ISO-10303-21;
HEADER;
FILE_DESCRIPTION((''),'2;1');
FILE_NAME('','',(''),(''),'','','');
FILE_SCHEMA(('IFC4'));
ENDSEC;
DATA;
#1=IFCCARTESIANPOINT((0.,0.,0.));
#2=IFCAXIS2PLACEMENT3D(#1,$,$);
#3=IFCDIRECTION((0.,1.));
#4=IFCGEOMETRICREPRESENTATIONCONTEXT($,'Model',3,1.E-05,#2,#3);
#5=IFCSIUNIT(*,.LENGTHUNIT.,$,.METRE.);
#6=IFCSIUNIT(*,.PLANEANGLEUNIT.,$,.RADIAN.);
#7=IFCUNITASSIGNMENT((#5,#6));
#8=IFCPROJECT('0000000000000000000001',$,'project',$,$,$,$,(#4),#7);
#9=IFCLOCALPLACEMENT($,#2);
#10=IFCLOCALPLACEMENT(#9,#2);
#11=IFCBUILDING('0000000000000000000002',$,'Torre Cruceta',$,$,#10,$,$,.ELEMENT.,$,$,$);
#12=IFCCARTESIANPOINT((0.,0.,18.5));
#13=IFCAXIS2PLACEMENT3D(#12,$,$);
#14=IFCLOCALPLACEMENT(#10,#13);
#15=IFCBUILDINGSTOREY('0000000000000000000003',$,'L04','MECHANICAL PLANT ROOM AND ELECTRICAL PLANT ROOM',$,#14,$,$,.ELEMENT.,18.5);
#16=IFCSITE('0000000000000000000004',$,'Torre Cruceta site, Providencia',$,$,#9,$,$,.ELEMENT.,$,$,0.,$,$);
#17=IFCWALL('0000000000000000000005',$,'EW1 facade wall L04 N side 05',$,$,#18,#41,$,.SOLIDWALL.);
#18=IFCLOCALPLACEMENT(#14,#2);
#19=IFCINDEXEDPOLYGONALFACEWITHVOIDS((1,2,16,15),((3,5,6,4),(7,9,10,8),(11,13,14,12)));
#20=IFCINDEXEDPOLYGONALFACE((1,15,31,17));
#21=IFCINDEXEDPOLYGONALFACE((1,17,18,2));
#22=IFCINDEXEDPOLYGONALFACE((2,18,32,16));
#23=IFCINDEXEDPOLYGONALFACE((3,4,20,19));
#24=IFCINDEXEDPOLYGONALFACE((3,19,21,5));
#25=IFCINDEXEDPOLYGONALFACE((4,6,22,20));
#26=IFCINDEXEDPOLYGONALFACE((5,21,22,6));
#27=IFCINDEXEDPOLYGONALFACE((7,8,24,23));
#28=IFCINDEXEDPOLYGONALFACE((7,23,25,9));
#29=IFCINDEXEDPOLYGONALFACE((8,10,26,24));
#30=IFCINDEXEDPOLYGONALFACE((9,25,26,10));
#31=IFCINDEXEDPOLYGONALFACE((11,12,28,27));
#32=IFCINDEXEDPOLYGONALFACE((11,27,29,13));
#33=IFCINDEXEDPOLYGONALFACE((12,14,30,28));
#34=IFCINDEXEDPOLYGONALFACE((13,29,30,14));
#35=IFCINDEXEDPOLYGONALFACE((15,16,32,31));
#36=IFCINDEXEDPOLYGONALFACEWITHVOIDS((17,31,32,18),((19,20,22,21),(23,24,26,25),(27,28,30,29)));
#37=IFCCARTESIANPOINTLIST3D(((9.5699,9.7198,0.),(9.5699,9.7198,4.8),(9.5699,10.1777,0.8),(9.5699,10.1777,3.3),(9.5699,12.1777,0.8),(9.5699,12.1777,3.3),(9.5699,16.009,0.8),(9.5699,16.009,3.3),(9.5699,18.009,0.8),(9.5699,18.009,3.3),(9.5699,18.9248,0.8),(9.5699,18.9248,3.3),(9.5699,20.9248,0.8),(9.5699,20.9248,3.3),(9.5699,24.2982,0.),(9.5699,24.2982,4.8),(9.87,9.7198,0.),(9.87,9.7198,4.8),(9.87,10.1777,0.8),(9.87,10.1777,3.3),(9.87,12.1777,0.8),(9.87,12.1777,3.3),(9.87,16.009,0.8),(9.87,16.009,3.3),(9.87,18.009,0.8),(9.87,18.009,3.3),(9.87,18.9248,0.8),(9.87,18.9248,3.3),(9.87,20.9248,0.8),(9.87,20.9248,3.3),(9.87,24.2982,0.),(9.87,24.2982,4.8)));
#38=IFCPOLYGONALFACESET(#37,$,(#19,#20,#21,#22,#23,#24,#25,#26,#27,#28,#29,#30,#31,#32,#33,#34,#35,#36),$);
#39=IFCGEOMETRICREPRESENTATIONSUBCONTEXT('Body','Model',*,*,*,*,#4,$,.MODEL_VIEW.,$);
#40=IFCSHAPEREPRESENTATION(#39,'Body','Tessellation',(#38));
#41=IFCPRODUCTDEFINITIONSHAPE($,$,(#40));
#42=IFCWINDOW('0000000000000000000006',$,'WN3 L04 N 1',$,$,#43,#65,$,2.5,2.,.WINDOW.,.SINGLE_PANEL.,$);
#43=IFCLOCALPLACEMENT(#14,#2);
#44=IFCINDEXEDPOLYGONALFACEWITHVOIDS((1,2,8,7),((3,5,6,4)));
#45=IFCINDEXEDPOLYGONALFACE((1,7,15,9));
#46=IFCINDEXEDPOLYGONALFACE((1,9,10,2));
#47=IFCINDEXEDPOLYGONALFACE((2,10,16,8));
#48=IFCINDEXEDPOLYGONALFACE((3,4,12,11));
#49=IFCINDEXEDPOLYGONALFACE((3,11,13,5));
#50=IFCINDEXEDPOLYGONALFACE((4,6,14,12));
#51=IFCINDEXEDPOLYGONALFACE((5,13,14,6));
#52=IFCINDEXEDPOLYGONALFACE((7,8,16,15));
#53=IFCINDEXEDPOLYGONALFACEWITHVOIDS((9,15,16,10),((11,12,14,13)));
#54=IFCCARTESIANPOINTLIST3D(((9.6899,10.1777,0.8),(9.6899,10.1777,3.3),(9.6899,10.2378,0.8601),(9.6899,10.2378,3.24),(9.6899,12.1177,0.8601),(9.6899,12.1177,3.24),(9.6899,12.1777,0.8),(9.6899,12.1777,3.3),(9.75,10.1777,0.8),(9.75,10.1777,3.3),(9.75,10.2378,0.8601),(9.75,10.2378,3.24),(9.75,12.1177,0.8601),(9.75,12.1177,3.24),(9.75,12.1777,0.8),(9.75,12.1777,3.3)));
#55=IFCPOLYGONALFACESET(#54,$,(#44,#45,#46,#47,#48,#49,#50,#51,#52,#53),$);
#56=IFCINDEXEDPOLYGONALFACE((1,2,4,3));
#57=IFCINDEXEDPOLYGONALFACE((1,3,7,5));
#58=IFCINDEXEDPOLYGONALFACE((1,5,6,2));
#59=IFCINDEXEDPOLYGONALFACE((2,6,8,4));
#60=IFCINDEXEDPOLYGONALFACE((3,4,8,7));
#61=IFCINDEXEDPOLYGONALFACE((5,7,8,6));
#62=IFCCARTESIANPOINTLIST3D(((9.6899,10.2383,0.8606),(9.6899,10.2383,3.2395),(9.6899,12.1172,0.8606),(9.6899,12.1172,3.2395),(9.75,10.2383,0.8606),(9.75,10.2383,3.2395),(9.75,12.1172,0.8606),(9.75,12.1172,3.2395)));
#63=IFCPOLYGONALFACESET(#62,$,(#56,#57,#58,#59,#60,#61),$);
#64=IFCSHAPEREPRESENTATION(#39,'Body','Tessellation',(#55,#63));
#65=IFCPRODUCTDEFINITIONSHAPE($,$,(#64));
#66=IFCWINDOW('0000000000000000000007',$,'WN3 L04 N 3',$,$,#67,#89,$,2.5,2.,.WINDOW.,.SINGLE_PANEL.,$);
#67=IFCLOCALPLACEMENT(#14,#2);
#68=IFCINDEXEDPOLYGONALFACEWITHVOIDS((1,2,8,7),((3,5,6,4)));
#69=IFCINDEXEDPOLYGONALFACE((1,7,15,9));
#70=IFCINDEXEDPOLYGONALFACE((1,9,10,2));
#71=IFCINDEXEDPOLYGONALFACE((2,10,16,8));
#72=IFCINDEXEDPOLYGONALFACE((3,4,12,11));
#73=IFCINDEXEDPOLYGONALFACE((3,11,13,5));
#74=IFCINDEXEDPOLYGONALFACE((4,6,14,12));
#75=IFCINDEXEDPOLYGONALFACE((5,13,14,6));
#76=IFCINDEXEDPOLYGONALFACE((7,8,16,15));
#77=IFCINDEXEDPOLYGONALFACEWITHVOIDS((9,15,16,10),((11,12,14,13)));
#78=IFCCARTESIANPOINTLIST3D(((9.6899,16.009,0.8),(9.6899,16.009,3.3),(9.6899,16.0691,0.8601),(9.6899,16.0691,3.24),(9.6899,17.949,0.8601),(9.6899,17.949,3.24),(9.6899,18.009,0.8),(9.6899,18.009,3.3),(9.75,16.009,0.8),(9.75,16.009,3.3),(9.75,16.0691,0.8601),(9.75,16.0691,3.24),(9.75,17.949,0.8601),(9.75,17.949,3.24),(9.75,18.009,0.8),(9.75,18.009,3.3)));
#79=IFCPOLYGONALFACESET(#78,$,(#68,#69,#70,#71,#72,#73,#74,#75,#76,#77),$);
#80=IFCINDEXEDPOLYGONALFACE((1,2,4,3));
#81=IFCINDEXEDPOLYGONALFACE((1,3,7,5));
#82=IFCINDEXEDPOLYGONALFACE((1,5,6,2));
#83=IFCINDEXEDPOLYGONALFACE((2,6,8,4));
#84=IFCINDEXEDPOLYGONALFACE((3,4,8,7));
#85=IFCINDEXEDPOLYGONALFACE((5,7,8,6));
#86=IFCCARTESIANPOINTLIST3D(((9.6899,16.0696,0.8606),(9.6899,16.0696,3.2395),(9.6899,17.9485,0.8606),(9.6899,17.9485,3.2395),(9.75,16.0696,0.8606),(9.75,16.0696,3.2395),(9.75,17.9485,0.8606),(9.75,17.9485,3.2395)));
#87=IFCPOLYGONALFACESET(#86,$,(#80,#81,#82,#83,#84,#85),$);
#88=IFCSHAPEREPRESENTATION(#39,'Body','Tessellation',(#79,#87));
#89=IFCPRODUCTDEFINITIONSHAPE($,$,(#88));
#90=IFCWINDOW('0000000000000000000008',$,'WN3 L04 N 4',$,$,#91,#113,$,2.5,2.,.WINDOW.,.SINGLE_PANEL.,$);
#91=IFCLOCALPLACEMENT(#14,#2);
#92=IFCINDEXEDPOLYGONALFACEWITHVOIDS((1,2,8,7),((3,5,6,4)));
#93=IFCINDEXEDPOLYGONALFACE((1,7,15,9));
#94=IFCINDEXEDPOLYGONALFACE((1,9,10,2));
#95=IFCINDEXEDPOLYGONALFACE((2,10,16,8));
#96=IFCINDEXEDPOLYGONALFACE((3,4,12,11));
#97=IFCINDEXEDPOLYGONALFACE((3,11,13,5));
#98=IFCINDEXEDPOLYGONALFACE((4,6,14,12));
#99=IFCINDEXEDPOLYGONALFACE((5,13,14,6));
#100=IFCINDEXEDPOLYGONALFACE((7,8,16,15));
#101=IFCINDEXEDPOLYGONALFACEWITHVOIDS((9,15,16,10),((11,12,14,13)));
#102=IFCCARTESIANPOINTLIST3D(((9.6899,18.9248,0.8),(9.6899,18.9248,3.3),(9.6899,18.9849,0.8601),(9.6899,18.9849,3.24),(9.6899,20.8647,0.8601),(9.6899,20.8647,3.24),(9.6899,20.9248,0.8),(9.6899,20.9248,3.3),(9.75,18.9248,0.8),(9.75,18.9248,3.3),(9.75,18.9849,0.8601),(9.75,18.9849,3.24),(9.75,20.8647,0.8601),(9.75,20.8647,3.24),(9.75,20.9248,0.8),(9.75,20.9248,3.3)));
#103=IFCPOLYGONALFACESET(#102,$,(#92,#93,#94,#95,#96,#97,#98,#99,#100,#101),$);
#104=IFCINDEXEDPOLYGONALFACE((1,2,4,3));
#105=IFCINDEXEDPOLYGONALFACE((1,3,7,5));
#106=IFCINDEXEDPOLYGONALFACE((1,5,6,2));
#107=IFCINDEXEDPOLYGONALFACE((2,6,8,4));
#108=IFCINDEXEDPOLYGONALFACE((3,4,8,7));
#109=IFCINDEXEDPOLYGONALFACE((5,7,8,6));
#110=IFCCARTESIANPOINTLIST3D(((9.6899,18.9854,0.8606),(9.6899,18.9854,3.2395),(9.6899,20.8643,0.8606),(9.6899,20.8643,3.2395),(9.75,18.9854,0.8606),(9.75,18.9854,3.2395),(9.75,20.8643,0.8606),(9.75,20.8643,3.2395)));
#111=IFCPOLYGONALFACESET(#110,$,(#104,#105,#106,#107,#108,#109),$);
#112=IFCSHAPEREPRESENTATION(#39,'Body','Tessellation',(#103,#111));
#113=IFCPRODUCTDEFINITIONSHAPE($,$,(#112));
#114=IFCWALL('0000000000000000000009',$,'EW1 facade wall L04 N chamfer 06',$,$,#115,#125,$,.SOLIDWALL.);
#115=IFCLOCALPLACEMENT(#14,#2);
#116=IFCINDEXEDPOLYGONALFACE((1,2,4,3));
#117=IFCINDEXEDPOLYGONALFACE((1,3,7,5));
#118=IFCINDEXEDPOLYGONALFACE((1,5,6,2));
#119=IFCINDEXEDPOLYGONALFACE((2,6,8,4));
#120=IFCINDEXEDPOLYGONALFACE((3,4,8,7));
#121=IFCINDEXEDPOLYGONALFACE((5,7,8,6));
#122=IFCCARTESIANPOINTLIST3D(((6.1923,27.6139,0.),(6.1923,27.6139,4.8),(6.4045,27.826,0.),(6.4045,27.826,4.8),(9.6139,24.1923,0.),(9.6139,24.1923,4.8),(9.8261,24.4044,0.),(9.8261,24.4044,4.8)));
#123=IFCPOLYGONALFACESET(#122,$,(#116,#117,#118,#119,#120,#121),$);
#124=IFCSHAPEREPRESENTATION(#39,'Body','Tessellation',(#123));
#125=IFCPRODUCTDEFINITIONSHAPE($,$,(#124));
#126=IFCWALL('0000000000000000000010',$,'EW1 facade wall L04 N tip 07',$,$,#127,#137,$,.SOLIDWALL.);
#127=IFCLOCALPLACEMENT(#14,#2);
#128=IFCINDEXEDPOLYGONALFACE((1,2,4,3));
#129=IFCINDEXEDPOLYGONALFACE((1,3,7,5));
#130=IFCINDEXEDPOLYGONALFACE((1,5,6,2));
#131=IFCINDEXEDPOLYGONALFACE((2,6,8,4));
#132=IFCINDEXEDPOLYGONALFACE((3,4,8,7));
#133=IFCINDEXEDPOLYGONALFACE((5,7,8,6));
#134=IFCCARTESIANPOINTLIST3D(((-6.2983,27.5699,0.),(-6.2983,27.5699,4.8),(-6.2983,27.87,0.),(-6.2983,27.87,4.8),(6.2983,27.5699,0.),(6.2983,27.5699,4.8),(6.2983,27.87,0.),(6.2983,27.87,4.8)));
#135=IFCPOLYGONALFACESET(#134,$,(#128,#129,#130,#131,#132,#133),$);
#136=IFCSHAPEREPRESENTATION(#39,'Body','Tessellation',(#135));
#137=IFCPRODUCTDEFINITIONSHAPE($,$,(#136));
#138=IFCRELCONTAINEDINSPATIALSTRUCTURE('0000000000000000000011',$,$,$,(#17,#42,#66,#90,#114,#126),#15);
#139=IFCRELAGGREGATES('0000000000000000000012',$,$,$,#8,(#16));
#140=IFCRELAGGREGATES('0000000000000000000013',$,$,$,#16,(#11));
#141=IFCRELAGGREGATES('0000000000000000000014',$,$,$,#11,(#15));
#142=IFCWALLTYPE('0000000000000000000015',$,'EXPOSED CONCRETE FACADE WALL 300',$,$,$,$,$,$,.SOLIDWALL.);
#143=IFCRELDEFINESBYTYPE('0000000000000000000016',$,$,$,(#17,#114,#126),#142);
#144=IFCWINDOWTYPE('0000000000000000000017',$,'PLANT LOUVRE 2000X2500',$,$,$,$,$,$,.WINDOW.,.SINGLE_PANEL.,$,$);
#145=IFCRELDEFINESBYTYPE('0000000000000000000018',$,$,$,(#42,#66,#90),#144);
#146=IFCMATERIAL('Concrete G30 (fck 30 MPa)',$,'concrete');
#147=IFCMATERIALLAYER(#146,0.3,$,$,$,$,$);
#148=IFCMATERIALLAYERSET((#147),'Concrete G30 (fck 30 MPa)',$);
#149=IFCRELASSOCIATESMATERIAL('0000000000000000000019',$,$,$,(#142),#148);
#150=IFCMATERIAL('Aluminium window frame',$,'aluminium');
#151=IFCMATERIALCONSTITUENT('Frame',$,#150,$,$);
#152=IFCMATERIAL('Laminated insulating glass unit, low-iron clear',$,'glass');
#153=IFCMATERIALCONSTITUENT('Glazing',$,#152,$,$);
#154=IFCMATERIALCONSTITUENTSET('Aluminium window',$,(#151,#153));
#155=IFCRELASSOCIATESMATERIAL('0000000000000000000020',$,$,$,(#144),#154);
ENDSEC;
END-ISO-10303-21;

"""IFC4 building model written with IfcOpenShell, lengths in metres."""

from ifc_helpers import new_model, si_unit, direction, frame, frame_2d, origin, place, context, subcontext, project, spatial, rectangle, hollow_rectangle, extrude, material, layer, layer_set, constituent, constituent_set, type_object, element, fill, save


model = new_model("IFC4")

# Units and contexts
model_context = context("Model", 3, precision=1e-05, world=origin(), true_north=direction((0.0, 1.0)))
body_context = subcontext(model_context, "Body", "Model", "MODEL_VIEW")
ifc_project = project(units=[si_unit("LENGTHUNIT", "METRE"), si_unit("PLANEANGLEUNIT", "RADIAN")], contexts=[model_context])

# Site, building, storey
site_placement = place(None, origin())
site = spatial("IfcSite", under=ifc_project, at=site_placement, Name="Torre Cruceta site, Providencia", CompositionType="ELEMENT", RefElevation=0.0)
building_placement = place(site_placement, origin())
building = spatial("IfcBuilding", under=site, at=building_placement, Name="Torre Cruceta", CompositionType="ELEMENT")
storey_placement = place(building_placement, frame((0.0, 0.0, 18.5)))
storey = spatial("IfcBuildingStorey", under=building, at=storey_placement, Name="L04", Description="MECHANICAL PLANT ROOM AND ELECTRICAL PLANT ROOM", CompositionType="ELEMENT", Elevation=18.5)

# Shared definitions
ifc_material_1 = material(Name="Concrete G30 (fck 30 MPa)", Category="concrete")
ifc_layer_1 = layer(ifc_material_1, 0.3)
ifc_layer_set_1 = layer_set([ifc_layer_1], Name="Concrete G30 (fck 30 MPa)")
wall_type_1 = type_object("IfcWallType", Name="EXPOSED CONCRETE FACADE WALL 300", PredefinedType="SOLIDWALL", material=ifc_layer_set_1)

# Wall, openings, windows
ifc_material_2 = material(Name="Aluminium window frame", Category="aluminium")
ifc_constituent_1 = constituent(ifc_material_2, Name="Frame")
ifc_material_3 = material(Name="Laminated insulating glass unit, low-iron clear", Category="glass")
ifc_constituent_2 = constituent(ifc_material_3, Name="Glazing")
ifc_constituent_set_1 = constituent_set(constituents=[ifc_constituent_1, ifc_constituent_2], Name="Aluminium window")
window_type = type_object("IfcWindowType", Name="PLANT LOUVRE 2000X2500", PartitioningType="SINGLE_PANEL", PredefinedType="WINDOW", material=ifc_constituent_set_1)
wall_1_placement = place(storey_placement, frame((9.72, 9.72, 0.0), z_axis=(0.0, 0.0, 1.0), x_axis=(0.0, 1.0, 0.0)))
wall_1 = element("IfcWall", 1, at=wall_1_placement, inside=storey, type_object=wall_type_1, Name="EW1 facade wall L04 N side 05", PredefinedType="SOLIDWALL", context=body_context, shape_type="SweptSolid", body=[
    extrude(rectangle(XDim=14.5784, YDim=0.3, at=frame_2d((7.2891, 0.0))), origin(), (0.0, 0.0, 1.0), 4.8),
])
opening_1_placement = place(wall_1_placement, frame((0.4578, 0.0, 0.8)))
opening_1 = element("IfcOpeningElement", 2, at=opening_1_placement, cuts=wall_1, PredefinedType="OPENING", context=body_context, shape_type="SweptSolid", body=[
    extrude(rectangle(XDim=2.0, YDim=2.5, at=frame_2d((1.0, 1.25))), frame((0.0, 0.1599, 0.0), z_axis=(0.0, -1.0, 0.0), x_axis=(1.0, 0.0, 0.0)), (0.0, 0.0, 1.0), 0.3201),
])
opening_2_placement = place(wall_1_placement, frame((6.2891, 0.0, 0.8)))
opening_2 = element("IfcOpeningElement", 3, at=opening_2_placement, cuts=wall_1, PredefinedType="OPENING", context=body_context, shape_type="SweptSolid", body=[
    extrude(rectangle(XDim=2.0, YDim=2.5, at=frame_2d((1.0, 1.25))), frame((0.0, 0.1599, 0.0), z_axis=(0.0, -1.0, 0.0), x_axis=(1.0, 0.0, 0.0)), (0.0, 0.0, 1.0), 0.3201),
])
opening_3_placement = place(wall_1_placement, frame((9.2048, 0.0, 0.8)))
opening_3 = element("IfcOpeningElement", 4, at=opening_3_placement, cuts=wall_1, PredefinedType="OPENING", context=body_context, shape_type="SweptSolid", body=[
    extrude(rectangle(XDim=2.0, YDim=2.5, at=frame_2d((1.0, 1.25))), frame((0.0, 0.1599, 0.0), z_axis=(0.0, -1.0, 0.0), x_axis=(1.0, 0.0, 0.0)), (0.0, 0.0, 1.0), 0.3201),
])
window_1_placement = place(opening_1_placement, origin())
window_1 = element("IfcWindow", 5, at=window_1_placement, inside=storey, type_object=window_type, Name="WN3 L04 N 1", OverallHeight=2.5, OverallWidth=2.0, PartitioningType="SINGLE_PANEL", PredefinedType="WINDOW", context=body_context, shape_type="SweptSolid", body=[
    extrude(hollow_rectangle(XDim=2.0, YDim=2.5, WallThickness=0.0601, at=frame_2d((1.0, 1.25))), frame((0.0, 0.03, 0.0), z_axis=(0.0, -1.0, 0.0), x_axis=(1.0, 0.0, 0.0)), (0.0, 0.0, 1.0), 0.0601),
    extrude(rectangle(XDim=1.8789, YDim=2.3789, at=frame_2d((1.0, 1.25))), frame((0.0, 0.03, 0.0), z_axis=(0.0, -1.0, 0.0), x_axis=(1.0, 0.0, 0.0)), (0.0, 0.0, 1.0), 0.0601),
])
fill(opening_1, window_1)
window_2_placement = place(opening_2_placement, origin())
window_2 = element("IfcWindow", 6, at=window_2_placement, inside=storey, type_object=window_type, Name="WN3 L04 N 3", OverallHeight=2.5, OverallWidth=2.0, PartitioningType="SINGLE_PANEL", PredefinedType="WINDOW", context=body_context, shape_type="SweptSolid", body=[
    extrude(hollow_rectangle(XDim=2.0, YDim=2.5, WallThickness=0.0601, at=frame_2d((1.0, 1.25))), frame((0.0, 0.03, 0.0), z_axis=(0.0, -1.0, 0.0), x_axis=(1.0, 0.0, 0.0)), (0.0, 0.0, 1.0), 0.0601),
    extrude(rectangle(XDim=1.8789, YDim=2.3789, at=frame_2d((1.0, 1.25))), frame((0.0, 0.03, 0.0), z_axis=(0.0, -1.0, 0.0), x_axis=(1.0, 0.0, 0.0)), (0.0, 0.0, 1.0), 0.0601),
])
fill(opening_2, window_2)
window_3_placement = place(opening_3_placement, origin())
window_3 = element("IfcWindow", 7, at=window_3_placement, inside=storey, type_object=window_type, Name="WN3 L04 N 4", OverallHeight=2.5, OverallWidth=2.0, PartitioningType="SINGLE_PANEL", PredefinedType="WINDOW", context=body_context, shape_type="SweptSolid", body=[
    extrude(hollow_rectangle(XDim=2.0, YDim=2.5, WallThickness=0.0601, at=frame_2d((1.0, 1.25))), frame((0.0, 0.03, 0.0), z_axis=(0.0, -1.0, 0.0), x_axis=(1.0, 0.0, 0.0)), (0.0, 0.0, 1.0), 0.0601),
    extrude(rectangle(XDim=1.8789, YDim=2.3789, at=frame_2d((1.0, 1.25))), frame((0.0, 0.03, 0.0), z_axis=(0.0, -1.0, 0.0), x_axis=(1.0, 0.0, 0.0)), (0.0, 0.0, 1.0), 0.0601),
])
fill(opening_3, window_3)

# Walls
wall_2_placement = place(storey_placement, frame((9.72, 24.2983, 0.0), z_axis=(0.0, 0.0, 1.0), x_axis=(-0.707107, 0.707107, 0.0)))
element("IfcWall", 8, at=wall_2_placement, inside=storey, type_object=wall_type_1, Name="EW1 facade wall L04 N chamfer 06", PredefinedType="SOLIDWALL", context=body_context, shape_type="SweptSolid", body=[
    extrude(rectangle(XDim=4.8389, YDim=0.3, at=frame_2d((2.4194, 0.0))), origin(), (0.0, 0.0, 1.0), 4.8),
])
wall_3_placement = place(storey_placement, frame((6.2983, 27.72, 0.0), z_axis=(0.0, 0.0, 1.0), x_axis=(-1.0, 0.0, 0.0)))
element("IfcWall", 9, at=wall_3_placement, inside=storey, type_object=wall_type_1, Name="EW1 facade wall L04 N tip 07", PredefinedType="SOLIDWALL", context=body_context, shape_type="SweptSolid", body=[
    extrude(rectangle(XDim=12.5967, YDim=0.3, at=frame_2d((6.2983, 0.0))), origin(), (0.0, 0.0, 1.0), 4.8),
])

save(model, "model.ifc")
